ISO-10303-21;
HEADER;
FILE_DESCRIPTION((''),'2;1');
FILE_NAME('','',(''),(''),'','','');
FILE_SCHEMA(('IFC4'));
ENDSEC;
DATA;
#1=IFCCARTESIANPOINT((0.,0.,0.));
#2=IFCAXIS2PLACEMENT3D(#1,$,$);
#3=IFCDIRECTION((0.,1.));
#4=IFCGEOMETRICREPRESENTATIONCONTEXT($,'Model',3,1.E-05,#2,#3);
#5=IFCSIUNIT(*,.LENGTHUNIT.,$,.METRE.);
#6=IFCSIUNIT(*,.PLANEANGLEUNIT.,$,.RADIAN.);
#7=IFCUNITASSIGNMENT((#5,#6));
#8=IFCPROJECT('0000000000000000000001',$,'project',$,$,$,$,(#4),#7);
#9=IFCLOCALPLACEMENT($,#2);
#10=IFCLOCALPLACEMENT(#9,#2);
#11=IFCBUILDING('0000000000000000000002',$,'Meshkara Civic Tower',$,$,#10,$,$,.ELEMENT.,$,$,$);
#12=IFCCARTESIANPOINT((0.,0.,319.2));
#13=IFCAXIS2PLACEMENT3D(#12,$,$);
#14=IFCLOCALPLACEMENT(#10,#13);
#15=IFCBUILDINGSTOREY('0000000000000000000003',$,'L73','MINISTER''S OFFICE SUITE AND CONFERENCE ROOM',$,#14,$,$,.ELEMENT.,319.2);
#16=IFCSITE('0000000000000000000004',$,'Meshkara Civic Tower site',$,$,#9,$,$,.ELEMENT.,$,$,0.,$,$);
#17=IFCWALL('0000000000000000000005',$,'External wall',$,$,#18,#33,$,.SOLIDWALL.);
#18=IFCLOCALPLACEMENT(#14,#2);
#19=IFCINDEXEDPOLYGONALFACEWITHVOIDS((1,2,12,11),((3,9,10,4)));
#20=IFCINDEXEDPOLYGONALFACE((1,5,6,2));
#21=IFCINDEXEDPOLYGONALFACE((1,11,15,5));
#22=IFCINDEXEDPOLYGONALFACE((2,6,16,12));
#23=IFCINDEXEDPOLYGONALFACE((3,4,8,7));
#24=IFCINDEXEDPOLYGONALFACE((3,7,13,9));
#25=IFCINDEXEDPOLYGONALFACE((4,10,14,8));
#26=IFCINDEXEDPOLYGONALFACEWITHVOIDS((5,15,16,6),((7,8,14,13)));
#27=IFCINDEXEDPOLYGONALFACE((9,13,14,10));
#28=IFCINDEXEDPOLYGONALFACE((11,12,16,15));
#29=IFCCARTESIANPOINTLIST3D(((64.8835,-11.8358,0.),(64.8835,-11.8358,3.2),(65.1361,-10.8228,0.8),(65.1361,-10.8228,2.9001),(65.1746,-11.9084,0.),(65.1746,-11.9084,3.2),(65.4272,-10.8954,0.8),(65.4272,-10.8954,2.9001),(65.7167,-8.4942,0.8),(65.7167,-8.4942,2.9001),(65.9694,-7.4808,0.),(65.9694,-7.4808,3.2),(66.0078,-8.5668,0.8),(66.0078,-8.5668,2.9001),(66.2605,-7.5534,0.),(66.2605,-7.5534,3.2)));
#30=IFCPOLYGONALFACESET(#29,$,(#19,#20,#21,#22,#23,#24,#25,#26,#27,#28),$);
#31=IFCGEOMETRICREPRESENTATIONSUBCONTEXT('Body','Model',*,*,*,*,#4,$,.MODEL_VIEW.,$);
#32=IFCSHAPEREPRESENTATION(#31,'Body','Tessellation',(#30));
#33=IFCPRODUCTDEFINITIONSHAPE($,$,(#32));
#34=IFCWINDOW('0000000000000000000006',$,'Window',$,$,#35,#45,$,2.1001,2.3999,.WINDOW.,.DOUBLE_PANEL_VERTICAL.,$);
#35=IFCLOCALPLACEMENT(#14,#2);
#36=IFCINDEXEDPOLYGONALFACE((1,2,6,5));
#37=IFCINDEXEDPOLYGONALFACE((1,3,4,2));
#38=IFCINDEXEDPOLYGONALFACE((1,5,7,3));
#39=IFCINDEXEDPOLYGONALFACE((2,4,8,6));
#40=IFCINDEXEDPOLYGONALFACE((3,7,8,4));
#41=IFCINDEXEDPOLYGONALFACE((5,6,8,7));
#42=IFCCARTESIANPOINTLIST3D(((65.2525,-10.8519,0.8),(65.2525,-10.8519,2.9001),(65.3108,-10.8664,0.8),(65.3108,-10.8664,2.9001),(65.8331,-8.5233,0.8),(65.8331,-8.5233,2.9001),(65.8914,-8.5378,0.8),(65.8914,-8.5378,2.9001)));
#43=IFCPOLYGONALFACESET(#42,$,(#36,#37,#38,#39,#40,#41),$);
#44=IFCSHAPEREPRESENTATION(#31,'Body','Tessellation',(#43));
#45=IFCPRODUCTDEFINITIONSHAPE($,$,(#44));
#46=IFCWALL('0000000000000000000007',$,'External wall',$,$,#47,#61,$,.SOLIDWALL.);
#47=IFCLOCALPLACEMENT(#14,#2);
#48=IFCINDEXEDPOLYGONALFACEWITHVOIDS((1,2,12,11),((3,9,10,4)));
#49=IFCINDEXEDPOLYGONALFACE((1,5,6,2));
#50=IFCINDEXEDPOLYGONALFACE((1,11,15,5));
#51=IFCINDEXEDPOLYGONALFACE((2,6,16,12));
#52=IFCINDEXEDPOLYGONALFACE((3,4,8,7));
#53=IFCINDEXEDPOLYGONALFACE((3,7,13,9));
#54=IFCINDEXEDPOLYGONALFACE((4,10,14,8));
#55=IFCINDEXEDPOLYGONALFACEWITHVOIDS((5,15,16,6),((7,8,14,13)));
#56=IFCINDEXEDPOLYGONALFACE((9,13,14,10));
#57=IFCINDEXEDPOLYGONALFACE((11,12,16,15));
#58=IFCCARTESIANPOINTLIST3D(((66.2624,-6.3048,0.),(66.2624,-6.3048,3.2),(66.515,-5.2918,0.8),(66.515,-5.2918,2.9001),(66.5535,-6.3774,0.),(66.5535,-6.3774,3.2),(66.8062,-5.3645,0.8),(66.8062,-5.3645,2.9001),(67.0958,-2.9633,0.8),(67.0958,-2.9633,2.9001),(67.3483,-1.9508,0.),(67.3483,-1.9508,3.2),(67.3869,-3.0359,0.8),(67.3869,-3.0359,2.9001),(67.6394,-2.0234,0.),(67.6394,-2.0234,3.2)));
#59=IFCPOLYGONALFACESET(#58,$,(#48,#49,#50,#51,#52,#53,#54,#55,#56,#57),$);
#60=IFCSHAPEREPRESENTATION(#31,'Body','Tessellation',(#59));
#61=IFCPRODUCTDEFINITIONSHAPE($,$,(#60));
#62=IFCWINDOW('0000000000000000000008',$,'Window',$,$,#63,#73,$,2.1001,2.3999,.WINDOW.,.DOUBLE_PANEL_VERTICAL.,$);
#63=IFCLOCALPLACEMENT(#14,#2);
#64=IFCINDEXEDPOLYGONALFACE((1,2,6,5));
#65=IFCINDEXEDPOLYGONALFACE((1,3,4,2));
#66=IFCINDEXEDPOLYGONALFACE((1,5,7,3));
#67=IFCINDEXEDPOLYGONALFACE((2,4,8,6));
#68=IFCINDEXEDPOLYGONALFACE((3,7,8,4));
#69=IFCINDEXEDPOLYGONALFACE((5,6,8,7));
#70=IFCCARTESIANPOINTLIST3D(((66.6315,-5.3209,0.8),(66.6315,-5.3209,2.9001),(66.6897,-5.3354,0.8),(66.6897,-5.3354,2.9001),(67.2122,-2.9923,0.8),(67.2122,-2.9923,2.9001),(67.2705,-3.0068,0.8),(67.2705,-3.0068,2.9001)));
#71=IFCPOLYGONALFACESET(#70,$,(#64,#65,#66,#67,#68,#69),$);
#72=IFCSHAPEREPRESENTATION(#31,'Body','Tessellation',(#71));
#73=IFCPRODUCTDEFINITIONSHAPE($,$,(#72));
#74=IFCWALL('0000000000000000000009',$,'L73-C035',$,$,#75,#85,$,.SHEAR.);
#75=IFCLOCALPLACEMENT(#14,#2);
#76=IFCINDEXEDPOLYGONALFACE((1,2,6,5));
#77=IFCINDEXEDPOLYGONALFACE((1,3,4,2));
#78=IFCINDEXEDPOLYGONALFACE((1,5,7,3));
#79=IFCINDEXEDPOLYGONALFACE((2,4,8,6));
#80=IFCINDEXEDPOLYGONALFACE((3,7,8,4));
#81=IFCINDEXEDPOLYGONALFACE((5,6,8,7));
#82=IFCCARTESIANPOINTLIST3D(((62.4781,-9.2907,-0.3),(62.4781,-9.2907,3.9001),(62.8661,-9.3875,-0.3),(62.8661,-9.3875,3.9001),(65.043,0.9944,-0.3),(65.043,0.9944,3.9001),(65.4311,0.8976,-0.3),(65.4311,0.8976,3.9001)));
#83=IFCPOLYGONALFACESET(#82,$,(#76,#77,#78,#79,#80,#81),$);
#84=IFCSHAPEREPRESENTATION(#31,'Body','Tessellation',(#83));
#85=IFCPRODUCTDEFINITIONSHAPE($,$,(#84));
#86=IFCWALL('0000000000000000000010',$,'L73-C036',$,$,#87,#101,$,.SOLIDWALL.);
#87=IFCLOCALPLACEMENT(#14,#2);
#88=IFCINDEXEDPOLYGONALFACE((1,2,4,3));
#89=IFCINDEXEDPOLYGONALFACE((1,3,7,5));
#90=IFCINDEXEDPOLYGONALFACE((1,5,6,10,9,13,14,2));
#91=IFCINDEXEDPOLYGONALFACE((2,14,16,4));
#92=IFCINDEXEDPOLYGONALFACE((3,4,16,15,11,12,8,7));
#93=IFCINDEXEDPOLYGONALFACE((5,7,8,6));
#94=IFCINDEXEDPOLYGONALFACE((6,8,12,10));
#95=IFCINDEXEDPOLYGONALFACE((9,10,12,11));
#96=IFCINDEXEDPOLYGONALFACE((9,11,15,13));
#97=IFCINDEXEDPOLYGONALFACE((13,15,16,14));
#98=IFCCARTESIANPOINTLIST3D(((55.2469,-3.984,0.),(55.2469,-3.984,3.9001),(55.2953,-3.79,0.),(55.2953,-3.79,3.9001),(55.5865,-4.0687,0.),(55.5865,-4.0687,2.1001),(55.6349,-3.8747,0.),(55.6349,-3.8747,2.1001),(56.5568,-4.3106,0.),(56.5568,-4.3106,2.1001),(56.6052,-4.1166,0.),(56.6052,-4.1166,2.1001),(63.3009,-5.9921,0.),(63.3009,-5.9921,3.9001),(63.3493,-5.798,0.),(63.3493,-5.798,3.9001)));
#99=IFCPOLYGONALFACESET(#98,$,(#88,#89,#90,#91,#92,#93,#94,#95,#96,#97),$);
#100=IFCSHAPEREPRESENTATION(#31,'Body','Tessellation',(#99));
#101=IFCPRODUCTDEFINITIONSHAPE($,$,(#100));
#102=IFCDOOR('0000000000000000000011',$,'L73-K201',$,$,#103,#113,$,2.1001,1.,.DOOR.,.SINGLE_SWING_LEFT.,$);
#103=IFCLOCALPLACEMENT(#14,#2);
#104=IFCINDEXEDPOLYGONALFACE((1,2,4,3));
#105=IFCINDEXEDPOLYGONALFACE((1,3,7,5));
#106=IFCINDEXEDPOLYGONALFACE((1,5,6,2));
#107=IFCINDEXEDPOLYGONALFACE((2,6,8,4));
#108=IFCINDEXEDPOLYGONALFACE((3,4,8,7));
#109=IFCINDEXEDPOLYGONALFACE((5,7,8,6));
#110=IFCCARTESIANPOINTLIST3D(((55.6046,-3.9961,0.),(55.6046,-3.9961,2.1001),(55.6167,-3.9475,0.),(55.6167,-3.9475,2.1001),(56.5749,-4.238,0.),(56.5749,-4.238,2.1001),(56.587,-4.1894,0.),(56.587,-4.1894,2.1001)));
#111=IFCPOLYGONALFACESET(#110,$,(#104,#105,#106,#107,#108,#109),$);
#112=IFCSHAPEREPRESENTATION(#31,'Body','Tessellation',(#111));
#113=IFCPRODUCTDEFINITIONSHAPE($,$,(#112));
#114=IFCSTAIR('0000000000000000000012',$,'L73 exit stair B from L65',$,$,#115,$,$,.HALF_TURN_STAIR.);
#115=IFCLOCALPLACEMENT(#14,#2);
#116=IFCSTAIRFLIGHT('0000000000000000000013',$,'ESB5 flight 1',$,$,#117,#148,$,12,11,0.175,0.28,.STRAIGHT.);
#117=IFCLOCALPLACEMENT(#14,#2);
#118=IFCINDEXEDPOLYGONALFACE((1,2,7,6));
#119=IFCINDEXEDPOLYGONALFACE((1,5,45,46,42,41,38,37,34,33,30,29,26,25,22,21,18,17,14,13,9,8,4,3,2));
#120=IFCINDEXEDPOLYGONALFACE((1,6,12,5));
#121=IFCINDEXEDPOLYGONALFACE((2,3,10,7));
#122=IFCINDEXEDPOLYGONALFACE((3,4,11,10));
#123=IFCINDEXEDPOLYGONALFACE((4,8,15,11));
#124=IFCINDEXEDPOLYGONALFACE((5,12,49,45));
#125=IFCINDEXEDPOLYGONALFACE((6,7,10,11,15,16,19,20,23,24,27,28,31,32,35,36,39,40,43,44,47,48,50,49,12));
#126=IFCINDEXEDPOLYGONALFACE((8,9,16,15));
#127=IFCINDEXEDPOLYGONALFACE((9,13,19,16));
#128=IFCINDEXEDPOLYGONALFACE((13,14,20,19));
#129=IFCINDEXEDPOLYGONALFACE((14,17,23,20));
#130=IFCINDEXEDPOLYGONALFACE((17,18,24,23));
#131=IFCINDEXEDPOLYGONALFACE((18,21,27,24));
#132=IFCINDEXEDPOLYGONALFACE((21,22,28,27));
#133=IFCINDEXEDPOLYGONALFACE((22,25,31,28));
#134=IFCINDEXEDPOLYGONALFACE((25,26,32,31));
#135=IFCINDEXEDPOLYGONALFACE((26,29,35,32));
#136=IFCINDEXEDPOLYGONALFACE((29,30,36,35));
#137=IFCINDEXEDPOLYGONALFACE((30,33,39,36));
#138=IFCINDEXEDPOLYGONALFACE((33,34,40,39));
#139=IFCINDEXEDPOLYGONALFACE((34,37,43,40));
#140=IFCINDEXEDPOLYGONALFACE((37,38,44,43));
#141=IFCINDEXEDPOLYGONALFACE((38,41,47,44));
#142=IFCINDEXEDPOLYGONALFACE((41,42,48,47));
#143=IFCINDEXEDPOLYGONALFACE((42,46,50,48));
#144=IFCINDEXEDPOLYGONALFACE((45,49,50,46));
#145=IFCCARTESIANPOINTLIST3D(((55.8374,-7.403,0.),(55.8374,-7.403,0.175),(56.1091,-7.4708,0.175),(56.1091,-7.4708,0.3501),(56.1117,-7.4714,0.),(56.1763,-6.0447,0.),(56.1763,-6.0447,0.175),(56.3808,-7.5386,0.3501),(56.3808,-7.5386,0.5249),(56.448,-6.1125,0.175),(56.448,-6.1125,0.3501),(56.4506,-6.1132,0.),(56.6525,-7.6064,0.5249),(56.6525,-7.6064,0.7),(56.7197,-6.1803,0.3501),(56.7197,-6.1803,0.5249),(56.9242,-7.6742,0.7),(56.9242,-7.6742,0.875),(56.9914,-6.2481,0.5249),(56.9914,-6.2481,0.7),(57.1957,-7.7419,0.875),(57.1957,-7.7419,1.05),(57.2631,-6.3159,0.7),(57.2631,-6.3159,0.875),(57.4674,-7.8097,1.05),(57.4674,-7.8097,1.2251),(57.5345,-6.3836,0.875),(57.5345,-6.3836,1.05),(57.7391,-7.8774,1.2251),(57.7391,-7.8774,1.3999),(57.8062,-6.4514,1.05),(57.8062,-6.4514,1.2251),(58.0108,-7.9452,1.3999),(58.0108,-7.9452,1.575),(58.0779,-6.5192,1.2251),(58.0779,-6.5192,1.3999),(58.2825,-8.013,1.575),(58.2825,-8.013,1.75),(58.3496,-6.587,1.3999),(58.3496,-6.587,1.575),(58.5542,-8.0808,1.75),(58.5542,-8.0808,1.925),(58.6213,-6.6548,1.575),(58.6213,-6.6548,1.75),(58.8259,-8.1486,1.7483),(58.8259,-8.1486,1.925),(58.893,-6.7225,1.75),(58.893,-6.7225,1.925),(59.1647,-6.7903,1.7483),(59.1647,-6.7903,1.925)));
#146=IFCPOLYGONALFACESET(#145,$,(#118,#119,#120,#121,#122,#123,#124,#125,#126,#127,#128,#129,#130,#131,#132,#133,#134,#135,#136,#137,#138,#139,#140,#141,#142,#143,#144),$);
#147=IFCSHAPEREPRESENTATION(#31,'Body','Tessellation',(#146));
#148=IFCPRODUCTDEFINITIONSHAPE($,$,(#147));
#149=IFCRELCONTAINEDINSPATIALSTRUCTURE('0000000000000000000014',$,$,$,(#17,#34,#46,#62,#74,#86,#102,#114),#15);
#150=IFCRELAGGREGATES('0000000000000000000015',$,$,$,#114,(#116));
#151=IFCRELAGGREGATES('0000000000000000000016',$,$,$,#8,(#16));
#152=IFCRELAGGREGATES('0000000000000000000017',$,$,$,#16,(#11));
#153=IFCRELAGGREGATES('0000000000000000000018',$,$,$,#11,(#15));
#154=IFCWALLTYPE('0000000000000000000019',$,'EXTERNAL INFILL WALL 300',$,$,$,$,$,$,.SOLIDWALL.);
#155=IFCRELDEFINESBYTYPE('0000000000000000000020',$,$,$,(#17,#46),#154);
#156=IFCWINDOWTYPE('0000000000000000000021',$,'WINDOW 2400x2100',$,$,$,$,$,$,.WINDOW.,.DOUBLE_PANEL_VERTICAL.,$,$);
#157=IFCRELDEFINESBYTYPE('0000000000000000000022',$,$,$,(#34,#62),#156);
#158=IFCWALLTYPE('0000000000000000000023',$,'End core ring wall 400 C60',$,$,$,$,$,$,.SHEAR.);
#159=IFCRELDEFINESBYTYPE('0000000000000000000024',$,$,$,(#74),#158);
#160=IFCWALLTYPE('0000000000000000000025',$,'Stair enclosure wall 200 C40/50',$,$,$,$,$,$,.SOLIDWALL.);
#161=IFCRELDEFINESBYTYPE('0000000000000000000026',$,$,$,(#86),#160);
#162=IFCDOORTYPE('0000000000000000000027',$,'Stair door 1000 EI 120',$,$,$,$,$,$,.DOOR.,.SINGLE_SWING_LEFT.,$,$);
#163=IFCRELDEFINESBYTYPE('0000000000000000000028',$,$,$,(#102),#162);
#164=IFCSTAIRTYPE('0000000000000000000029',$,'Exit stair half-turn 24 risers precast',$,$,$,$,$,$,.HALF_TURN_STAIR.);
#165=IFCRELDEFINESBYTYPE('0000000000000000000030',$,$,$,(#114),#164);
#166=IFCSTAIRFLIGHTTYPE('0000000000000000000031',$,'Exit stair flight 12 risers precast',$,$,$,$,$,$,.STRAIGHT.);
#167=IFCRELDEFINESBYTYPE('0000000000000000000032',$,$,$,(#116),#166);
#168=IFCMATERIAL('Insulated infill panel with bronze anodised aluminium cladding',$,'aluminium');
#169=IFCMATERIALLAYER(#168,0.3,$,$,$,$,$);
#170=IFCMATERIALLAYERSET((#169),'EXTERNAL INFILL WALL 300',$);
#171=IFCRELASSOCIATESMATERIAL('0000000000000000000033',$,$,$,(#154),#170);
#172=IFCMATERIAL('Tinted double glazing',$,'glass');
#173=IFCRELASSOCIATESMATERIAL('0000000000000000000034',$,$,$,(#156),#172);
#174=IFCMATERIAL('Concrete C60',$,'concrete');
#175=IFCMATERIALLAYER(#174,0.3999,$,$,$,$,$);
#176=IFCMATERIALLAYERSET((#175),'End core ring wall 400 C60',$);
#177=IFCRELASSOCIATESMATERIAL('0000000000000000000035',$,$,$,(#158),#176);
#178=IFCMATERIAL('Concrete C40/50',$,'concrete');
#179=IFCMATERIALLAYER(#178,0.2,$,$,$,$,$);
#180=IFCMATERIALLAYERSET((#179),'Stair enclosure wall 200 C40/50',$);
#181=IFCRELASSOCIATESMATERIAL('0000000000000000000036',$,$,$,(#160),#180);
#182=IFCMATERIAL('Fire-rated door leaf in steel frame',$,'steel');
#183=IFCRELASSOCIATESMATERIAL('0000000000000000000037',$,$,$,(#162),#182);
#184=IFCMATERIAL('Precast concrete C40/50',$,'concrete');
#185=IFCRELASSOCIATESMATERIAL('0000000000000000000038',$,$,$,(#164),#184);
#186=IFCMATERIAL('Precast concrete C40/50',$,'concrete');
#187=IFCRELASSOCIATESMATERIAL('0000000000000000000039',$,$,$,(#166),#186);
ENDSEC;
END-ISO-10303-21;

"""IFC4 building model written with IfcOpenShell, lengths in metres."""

from ifc_helpers import new_model, si_unit, direction, frame, frame_2d, origin, place, context, subcontext, project, spatial, polyline, rectangle, outline, extrude, material, layer, layer_set, type_object, element, fill, aggregate, save


model = new_model("IFC4")

# Units and contexts
model_context = context("Model", 3, precision=1e-05, world=origin(), true_north=direction((0.0, 1.0)))
body_context = subcontext(model_context, "Body", "Model", "MODEL_VIEW")
ifc_project = project(units=[si_unit("LENGTHUNIT", "METRE"), si_unit("PLANEANGLEUNIT", "RADIAN")], contexts=[model_context])

# Site, building, storey
site_placement = place(None, origin())
site = spatial("IfcSite", under=ifc_project, at=site_placement, Name="Meshkara Civic Tower site", CompositionType="ELEMENT", RefElevation=0.0)
building_placement = place(site_placement, origin())
building = spatial("IfcBuilding", under=site, at=building_placement, Name="Meshkara Civic Tower", CompositionType="ELEMENT")
storey_placement = place(building_placement, frame((0.0, 0.0, 319.2)))
storey = spatial("IfcBuildingStorey", under=building, at=storey_placement, Name="L73", Description="MINISTER'S OFFICE SUITE AND CONFERENCE ROOM", CompositionType="ELEMENT", Elevation=319.2)

# Walls, openings, windows
ifc_material_1 = material(Name="Insulated infill panel with bronze anodised aluminium cladding", Category="aluminium")
ifc_layer_1 = layer(ifc_material_1, 0.3)
ifc_layer_set_1 = layer_set([ifc_layer_1], Name="EXTERNAL INFILL WALL 300")
wall_type_1 = type_object("IfcWallType", Name="EXTERNAL INFILL WALL 300", PredefinedType="SOLIDWALL", material=ifc_layer_set_1)
ifc_material_2 = material(Name="Tinted double glazing", Category="glass")
window_type = type_object("IfcWindowType", Name="WINDOW 2400x2100", PartitioningType="DOUBLE_PANEL_VERTICAL", PredefinedType="WINDOW", material=ifc_material_2)
wall_1_placement = place(storey_placement, frame((65.0291, -11.8721, 0.0), z_axis=(0.0, 0.0, 1.0), x_axis=(0.241947, 0.97029, 0.0)))
wall_1 = element("IfcWall", 1, at=wall_1_placement, inside=storey, type_object=wall_type_1, Name="External wall", PredefinedType="SOLIDWALL", context=body_context, shape_type="SweptSolid", body=[
    extrude(rectangle(XDim=4.4883, YDim=0.3, at=frame_2d((2.2441, 0.0))), origin(), (0.0, 0.0, 1.0), 3.2),
])
opening_1_placement = place(wall_1_placement, frame((1.0439, 0.0, 0.8)))
opening_1 = element("IfcOpeningElement", 2, at=opening_1_placement, cuts=wall_1, PredefinedType="OPENING", context=body_context, shape_type="SweptSolid", body=[
    extrude(rectangle(XDim=2.3999, YDim=2.1001, at=frame_2d((1.2, 1.05))), frame((0.0, 0.1599, 0.0), z_axis=(0.0, -1.0, 0.0), x_axis=(1.0, 0.0, 0.0)), (0.0, 0.0, 1.0), 0.3201),
])
window_1_placement = place(opening_1_placement, origin())
window_1 = element("IfcWindow", 3, at=window_1_placement, inside=storey, type_object=window_type, Name="Window", OverallHeight=2.1001, OverallWidth=2.3999, PartitioningType="DOUBLE_PANEL_VERTICAL", PredefinedType="WINDOW", context=body_context, shape_type="SweptSolid", body=[
    extrude(rectangle(XDim=2.3999, YDim=2.1001, at=frame_2d((1.2, 1.05))), frame((0.0, 0.03, 0.0), z_axis=(0.0, -1.0, 0.0), x_axis=(1.0, 0.0, 0.0)), (0.0, 0.0, 1.0), 0.0601),
])
fill(opening_1, window_1)
wall_2_placement = place(storey_placement, frame((66.408, -6.3411, 0.0), z_axis=(0.0, 0.0, 1.0), x_axis=(0.241998, 0.970277, 0.0)))
wall_2 = element("IfcWall", 4, at=wall_2_placement, inside=storey, type_object=wall_type_1, Name="External wall", PredefinedType="SOLIDWALL", context=body_context, shape_type="SweptSolid", body=[
    extrude(rectangle(XDim=4.4873, YDim=0.3, at=frame_2d((2.2437, 0.0))), origin(), (0.0, 0.0, 1.0), 3.2),
])
opening_2_placement = place(wall_2_placement, frame((1.0439, 0.0, 0.8)))
opening_2 = element("IfcOpeningElement", 5, at=opening_2_placement, cuts=wall_2, PredefinedType="OPENING", context=body_context, shape_type="SweptSolid", body=[
    extrude(rectangle(XDim=2.3999, YDim=2.1001, at=frame_2d((1.2, 1.05))), frame((0.0, 0.1599, 0.0), z_axis=(0.0, -1.0, 0.0), x_axis=(1.0, 0.0, 0.0)), (0.0, 0.0, 1.0), 0.3201),
])
window_2_placement = place(opening_2_placement, origin())
window_2 = element("IfcWindow", 6, at=window_2_placement, inside=storey, type_object=window_type, Name="Window", OverallHeight=2.1001, OverallWidth=2.3999, PartitioningType="DOUBLE_PANEL_VERTICAL", PredefinedType="WINDOW", context=body_context, shape_type="SweptSolid", body=[
    extrude(rectangle(XDim=2.3999, YDim=2.1001, at=frame_2d((1.2, 1.05))), frame((0.0, 0.03, 0.0), z_axis=(0.0, -1.0, 0.0), x_axis=(1.0, 0.0, 0.0)), (0.0, 0.0, 1.0), 0.0601),
])
fill(opening_2, window_2)

# Wall
ifc_material_3 = material(Name="Concrete C60", Category="concrete")
ifc_layer_2 = layer(ifc_material_3, 0.3999)
ifc_layer_set_2 = layer_set([ifc_layer_2], Name="End core ring wall 400 C60")
wall_type_2 = type_object("IfcWallType", Name="End core ring wall 400 C60", PredefinedType="SHEAR", material=ifc_layer_set_2)
wall_3_placement = place(storey_placement, frame((62.6721, -9.3391, -0.3), z_axis=(0.0, 0.0, 1.0), x_axis=(0.241972, 0.970283, 0.0)))
element("IfcWall", 7, at=wall_3_placement, inside=storey, type_object=wall_type_2, Name="L73-C035", PredefinedType="SHEAR", context=body_context, shape_type="SweptSolid", body=[
    extrude(rectangle(XDim=10.6001, YDim=0.3999, at=frame_2d((5.3, 0.0))), origin(), (0.0, 0.0, 1.0), 4.2002),
])

# Wall, opening, door
ifc_material_4 = material(Name="Concrete C40/50", Category="concrete")
ifc_layer_3 = layer(ifc_material_4, 0.2)
ifc_layer_set_3 = layer_set([ifc_layer_3], Name="Stair enclosure wall 200 C40/50")
wall_type_3 = type_object("IfcWallType", Name="Stair enclosure wall 200 C40/50", PredefinedType="SOLIDWALL", material=ifc_layer_set_3)
wall_4_placement = place(storey_placement, frame((55.271, -3.887, 0.0), z_axis=(0.0, 0.0, 1.0), x_axis=(0.970296, -0.24192, 0.0)))
wall_4 = element("IfcWall", 8, at=wall_4_placement, inside=storey, type_object=wall_type_3, Name="L73-C036", PredefinedType="SOLIDWALL", context=body_context, shape_type="SweptSolid", body=[
    extrude(rectangle(XDim=8.3005, YDim=0.2, at=frame_2d((4.1504, 0.0))), origin(), (0.0, 0.0, 1.0), 3.9001),
])
opening_3_placement = place(wall_4_placement, frame((0.3501, 0.0, 0.0)))
opening_3 = element("IfcOpeningElement", 9, at=opening_3_placement, cuts=wall_4, PredefinedType="OPENING", context=body_context, shape_type="SweptSolid", body=[
    extrude(rectangle(XDim=1.0, YDim=2.1001, at=frame_2d((0.5, 1.05))), frame((0.0, 0.1099, 0.0), z_axis=(0.0, -1.0, 0.0), x_axis=(1.0, 0.0, 0.0)), (0.0, 0.0, 1.0), 0.22),
])
ifc_material_5 = material(Name="Fire-rated door leaf in steel frame", Category="steel")
door_type = type_object("IfcDoorType", Name="Stair door 1000 EI 120", OperationType="SINGLE_SWING_LEFT", PredefinedType="DOOR", material=ifc_material_5)
door_placement = place(opening_3_placement, origin())
door = element("IfcDoor", 10, at=door_placement, inside=storey, type_object=door_type, Name="L73-K201", OperationType="SINGLE_SWING_LEFT", OverallHeight=2.1001, OverallWidth=1.0, PredefinedType="DOOR", context=body_context, shape_type="SweptSolid", body=[
    extrude(rectangle(XDim=1.0, YDim=2.1001, at=frame_2d((0.5, 1.05))), frame((0.0, 0.0249, 0.0), z_axis=(0.0, -1.0, 0.0), x_axis=(1.0, 0.0, 0.0)), (0.0, 0.0, 1.0), 0.05),
])
fill(opening_3, door)

# Stair, stair flight
ifc_material_6 = material(Name="Precast concrete C40/50", Category="concrete")
stair_type = type_object("IfcStairType", Name="Exit stair half-turn 24 risers precast", PredefinedType="HALF_TURN_STAIR", material=ifc_material_6)
stair_placement = place(storey_placement, origin())
stair = element("IfcStair", 11, at=stair_placement, inside=storey, type_object=stair_type, Name="L73 exit stair B from L65", PredefinedType="HALF_TURN_STAIR")
ifc_material_7 = material(Name="Precast concrete C40/50", Category="concrete")
stair_flight_type = type_object("IfcStairFlightType", Name="Exit stair flight 12 risers precast", PredefinedType="STRAIGHT", material=ifc_material_7)
stair_flight_1_placement = place(storey_placement, frame((56.0068, -6.7239, 0.0), z_axis=(0.0, 0.0, 1.0), x_axis=(0.97026, -0.242065, 0.0)))
stair_flight_1 = element("IfcStairFlight", 12, at=stair_flight_1_placement, type_object=stair_flight_type, Name="ESB5 flight 1", NumberOfRisers=12, NumberOfTreads=11, PredefinedType="STRAIGHT", RiserHeight=0.175, TreadLength=0.28, context=body_context, shape_type="SweptSolid", body=[
    extrude(outline(polyline([(0.0, 0.0), (0.0, 0.175), (0.28, 0.175), (0.28, 0.3501), (0.5601, 0.3501), (0.5601, 0.5249), (0.8401, 0.5249), (0.8401, 0.7), (1.1201, 0.7), (1.1201, 0.875), (1.3999, 0.875), (1.3999, 1.05), (1.6799, 1.05), (1.6799, 1.2251), (1.96, 1.2251), (1.96, 1.3999), (2.24, 1.3999), (2.24, 1.575), (2.52, 1.575), (2.52, 1.75), (2.8, 1.75), (2.8, 1.925), (3.0801, 1.925), (3.0801, 2.1001), (3.0801, 1.7483), (0.2827, 0.0), (0.0, 0.0)])), frame((0.0, 0.7, 0.0), z_axis=(0.0, -1.0, 0.0), x_axis=(1.0, 0.0, 0.0)), (0.0, 0.0, 1.0), 1.3999),
])
aggregate(stair, [stair_flight_1])

save(model, "model.ifc")
